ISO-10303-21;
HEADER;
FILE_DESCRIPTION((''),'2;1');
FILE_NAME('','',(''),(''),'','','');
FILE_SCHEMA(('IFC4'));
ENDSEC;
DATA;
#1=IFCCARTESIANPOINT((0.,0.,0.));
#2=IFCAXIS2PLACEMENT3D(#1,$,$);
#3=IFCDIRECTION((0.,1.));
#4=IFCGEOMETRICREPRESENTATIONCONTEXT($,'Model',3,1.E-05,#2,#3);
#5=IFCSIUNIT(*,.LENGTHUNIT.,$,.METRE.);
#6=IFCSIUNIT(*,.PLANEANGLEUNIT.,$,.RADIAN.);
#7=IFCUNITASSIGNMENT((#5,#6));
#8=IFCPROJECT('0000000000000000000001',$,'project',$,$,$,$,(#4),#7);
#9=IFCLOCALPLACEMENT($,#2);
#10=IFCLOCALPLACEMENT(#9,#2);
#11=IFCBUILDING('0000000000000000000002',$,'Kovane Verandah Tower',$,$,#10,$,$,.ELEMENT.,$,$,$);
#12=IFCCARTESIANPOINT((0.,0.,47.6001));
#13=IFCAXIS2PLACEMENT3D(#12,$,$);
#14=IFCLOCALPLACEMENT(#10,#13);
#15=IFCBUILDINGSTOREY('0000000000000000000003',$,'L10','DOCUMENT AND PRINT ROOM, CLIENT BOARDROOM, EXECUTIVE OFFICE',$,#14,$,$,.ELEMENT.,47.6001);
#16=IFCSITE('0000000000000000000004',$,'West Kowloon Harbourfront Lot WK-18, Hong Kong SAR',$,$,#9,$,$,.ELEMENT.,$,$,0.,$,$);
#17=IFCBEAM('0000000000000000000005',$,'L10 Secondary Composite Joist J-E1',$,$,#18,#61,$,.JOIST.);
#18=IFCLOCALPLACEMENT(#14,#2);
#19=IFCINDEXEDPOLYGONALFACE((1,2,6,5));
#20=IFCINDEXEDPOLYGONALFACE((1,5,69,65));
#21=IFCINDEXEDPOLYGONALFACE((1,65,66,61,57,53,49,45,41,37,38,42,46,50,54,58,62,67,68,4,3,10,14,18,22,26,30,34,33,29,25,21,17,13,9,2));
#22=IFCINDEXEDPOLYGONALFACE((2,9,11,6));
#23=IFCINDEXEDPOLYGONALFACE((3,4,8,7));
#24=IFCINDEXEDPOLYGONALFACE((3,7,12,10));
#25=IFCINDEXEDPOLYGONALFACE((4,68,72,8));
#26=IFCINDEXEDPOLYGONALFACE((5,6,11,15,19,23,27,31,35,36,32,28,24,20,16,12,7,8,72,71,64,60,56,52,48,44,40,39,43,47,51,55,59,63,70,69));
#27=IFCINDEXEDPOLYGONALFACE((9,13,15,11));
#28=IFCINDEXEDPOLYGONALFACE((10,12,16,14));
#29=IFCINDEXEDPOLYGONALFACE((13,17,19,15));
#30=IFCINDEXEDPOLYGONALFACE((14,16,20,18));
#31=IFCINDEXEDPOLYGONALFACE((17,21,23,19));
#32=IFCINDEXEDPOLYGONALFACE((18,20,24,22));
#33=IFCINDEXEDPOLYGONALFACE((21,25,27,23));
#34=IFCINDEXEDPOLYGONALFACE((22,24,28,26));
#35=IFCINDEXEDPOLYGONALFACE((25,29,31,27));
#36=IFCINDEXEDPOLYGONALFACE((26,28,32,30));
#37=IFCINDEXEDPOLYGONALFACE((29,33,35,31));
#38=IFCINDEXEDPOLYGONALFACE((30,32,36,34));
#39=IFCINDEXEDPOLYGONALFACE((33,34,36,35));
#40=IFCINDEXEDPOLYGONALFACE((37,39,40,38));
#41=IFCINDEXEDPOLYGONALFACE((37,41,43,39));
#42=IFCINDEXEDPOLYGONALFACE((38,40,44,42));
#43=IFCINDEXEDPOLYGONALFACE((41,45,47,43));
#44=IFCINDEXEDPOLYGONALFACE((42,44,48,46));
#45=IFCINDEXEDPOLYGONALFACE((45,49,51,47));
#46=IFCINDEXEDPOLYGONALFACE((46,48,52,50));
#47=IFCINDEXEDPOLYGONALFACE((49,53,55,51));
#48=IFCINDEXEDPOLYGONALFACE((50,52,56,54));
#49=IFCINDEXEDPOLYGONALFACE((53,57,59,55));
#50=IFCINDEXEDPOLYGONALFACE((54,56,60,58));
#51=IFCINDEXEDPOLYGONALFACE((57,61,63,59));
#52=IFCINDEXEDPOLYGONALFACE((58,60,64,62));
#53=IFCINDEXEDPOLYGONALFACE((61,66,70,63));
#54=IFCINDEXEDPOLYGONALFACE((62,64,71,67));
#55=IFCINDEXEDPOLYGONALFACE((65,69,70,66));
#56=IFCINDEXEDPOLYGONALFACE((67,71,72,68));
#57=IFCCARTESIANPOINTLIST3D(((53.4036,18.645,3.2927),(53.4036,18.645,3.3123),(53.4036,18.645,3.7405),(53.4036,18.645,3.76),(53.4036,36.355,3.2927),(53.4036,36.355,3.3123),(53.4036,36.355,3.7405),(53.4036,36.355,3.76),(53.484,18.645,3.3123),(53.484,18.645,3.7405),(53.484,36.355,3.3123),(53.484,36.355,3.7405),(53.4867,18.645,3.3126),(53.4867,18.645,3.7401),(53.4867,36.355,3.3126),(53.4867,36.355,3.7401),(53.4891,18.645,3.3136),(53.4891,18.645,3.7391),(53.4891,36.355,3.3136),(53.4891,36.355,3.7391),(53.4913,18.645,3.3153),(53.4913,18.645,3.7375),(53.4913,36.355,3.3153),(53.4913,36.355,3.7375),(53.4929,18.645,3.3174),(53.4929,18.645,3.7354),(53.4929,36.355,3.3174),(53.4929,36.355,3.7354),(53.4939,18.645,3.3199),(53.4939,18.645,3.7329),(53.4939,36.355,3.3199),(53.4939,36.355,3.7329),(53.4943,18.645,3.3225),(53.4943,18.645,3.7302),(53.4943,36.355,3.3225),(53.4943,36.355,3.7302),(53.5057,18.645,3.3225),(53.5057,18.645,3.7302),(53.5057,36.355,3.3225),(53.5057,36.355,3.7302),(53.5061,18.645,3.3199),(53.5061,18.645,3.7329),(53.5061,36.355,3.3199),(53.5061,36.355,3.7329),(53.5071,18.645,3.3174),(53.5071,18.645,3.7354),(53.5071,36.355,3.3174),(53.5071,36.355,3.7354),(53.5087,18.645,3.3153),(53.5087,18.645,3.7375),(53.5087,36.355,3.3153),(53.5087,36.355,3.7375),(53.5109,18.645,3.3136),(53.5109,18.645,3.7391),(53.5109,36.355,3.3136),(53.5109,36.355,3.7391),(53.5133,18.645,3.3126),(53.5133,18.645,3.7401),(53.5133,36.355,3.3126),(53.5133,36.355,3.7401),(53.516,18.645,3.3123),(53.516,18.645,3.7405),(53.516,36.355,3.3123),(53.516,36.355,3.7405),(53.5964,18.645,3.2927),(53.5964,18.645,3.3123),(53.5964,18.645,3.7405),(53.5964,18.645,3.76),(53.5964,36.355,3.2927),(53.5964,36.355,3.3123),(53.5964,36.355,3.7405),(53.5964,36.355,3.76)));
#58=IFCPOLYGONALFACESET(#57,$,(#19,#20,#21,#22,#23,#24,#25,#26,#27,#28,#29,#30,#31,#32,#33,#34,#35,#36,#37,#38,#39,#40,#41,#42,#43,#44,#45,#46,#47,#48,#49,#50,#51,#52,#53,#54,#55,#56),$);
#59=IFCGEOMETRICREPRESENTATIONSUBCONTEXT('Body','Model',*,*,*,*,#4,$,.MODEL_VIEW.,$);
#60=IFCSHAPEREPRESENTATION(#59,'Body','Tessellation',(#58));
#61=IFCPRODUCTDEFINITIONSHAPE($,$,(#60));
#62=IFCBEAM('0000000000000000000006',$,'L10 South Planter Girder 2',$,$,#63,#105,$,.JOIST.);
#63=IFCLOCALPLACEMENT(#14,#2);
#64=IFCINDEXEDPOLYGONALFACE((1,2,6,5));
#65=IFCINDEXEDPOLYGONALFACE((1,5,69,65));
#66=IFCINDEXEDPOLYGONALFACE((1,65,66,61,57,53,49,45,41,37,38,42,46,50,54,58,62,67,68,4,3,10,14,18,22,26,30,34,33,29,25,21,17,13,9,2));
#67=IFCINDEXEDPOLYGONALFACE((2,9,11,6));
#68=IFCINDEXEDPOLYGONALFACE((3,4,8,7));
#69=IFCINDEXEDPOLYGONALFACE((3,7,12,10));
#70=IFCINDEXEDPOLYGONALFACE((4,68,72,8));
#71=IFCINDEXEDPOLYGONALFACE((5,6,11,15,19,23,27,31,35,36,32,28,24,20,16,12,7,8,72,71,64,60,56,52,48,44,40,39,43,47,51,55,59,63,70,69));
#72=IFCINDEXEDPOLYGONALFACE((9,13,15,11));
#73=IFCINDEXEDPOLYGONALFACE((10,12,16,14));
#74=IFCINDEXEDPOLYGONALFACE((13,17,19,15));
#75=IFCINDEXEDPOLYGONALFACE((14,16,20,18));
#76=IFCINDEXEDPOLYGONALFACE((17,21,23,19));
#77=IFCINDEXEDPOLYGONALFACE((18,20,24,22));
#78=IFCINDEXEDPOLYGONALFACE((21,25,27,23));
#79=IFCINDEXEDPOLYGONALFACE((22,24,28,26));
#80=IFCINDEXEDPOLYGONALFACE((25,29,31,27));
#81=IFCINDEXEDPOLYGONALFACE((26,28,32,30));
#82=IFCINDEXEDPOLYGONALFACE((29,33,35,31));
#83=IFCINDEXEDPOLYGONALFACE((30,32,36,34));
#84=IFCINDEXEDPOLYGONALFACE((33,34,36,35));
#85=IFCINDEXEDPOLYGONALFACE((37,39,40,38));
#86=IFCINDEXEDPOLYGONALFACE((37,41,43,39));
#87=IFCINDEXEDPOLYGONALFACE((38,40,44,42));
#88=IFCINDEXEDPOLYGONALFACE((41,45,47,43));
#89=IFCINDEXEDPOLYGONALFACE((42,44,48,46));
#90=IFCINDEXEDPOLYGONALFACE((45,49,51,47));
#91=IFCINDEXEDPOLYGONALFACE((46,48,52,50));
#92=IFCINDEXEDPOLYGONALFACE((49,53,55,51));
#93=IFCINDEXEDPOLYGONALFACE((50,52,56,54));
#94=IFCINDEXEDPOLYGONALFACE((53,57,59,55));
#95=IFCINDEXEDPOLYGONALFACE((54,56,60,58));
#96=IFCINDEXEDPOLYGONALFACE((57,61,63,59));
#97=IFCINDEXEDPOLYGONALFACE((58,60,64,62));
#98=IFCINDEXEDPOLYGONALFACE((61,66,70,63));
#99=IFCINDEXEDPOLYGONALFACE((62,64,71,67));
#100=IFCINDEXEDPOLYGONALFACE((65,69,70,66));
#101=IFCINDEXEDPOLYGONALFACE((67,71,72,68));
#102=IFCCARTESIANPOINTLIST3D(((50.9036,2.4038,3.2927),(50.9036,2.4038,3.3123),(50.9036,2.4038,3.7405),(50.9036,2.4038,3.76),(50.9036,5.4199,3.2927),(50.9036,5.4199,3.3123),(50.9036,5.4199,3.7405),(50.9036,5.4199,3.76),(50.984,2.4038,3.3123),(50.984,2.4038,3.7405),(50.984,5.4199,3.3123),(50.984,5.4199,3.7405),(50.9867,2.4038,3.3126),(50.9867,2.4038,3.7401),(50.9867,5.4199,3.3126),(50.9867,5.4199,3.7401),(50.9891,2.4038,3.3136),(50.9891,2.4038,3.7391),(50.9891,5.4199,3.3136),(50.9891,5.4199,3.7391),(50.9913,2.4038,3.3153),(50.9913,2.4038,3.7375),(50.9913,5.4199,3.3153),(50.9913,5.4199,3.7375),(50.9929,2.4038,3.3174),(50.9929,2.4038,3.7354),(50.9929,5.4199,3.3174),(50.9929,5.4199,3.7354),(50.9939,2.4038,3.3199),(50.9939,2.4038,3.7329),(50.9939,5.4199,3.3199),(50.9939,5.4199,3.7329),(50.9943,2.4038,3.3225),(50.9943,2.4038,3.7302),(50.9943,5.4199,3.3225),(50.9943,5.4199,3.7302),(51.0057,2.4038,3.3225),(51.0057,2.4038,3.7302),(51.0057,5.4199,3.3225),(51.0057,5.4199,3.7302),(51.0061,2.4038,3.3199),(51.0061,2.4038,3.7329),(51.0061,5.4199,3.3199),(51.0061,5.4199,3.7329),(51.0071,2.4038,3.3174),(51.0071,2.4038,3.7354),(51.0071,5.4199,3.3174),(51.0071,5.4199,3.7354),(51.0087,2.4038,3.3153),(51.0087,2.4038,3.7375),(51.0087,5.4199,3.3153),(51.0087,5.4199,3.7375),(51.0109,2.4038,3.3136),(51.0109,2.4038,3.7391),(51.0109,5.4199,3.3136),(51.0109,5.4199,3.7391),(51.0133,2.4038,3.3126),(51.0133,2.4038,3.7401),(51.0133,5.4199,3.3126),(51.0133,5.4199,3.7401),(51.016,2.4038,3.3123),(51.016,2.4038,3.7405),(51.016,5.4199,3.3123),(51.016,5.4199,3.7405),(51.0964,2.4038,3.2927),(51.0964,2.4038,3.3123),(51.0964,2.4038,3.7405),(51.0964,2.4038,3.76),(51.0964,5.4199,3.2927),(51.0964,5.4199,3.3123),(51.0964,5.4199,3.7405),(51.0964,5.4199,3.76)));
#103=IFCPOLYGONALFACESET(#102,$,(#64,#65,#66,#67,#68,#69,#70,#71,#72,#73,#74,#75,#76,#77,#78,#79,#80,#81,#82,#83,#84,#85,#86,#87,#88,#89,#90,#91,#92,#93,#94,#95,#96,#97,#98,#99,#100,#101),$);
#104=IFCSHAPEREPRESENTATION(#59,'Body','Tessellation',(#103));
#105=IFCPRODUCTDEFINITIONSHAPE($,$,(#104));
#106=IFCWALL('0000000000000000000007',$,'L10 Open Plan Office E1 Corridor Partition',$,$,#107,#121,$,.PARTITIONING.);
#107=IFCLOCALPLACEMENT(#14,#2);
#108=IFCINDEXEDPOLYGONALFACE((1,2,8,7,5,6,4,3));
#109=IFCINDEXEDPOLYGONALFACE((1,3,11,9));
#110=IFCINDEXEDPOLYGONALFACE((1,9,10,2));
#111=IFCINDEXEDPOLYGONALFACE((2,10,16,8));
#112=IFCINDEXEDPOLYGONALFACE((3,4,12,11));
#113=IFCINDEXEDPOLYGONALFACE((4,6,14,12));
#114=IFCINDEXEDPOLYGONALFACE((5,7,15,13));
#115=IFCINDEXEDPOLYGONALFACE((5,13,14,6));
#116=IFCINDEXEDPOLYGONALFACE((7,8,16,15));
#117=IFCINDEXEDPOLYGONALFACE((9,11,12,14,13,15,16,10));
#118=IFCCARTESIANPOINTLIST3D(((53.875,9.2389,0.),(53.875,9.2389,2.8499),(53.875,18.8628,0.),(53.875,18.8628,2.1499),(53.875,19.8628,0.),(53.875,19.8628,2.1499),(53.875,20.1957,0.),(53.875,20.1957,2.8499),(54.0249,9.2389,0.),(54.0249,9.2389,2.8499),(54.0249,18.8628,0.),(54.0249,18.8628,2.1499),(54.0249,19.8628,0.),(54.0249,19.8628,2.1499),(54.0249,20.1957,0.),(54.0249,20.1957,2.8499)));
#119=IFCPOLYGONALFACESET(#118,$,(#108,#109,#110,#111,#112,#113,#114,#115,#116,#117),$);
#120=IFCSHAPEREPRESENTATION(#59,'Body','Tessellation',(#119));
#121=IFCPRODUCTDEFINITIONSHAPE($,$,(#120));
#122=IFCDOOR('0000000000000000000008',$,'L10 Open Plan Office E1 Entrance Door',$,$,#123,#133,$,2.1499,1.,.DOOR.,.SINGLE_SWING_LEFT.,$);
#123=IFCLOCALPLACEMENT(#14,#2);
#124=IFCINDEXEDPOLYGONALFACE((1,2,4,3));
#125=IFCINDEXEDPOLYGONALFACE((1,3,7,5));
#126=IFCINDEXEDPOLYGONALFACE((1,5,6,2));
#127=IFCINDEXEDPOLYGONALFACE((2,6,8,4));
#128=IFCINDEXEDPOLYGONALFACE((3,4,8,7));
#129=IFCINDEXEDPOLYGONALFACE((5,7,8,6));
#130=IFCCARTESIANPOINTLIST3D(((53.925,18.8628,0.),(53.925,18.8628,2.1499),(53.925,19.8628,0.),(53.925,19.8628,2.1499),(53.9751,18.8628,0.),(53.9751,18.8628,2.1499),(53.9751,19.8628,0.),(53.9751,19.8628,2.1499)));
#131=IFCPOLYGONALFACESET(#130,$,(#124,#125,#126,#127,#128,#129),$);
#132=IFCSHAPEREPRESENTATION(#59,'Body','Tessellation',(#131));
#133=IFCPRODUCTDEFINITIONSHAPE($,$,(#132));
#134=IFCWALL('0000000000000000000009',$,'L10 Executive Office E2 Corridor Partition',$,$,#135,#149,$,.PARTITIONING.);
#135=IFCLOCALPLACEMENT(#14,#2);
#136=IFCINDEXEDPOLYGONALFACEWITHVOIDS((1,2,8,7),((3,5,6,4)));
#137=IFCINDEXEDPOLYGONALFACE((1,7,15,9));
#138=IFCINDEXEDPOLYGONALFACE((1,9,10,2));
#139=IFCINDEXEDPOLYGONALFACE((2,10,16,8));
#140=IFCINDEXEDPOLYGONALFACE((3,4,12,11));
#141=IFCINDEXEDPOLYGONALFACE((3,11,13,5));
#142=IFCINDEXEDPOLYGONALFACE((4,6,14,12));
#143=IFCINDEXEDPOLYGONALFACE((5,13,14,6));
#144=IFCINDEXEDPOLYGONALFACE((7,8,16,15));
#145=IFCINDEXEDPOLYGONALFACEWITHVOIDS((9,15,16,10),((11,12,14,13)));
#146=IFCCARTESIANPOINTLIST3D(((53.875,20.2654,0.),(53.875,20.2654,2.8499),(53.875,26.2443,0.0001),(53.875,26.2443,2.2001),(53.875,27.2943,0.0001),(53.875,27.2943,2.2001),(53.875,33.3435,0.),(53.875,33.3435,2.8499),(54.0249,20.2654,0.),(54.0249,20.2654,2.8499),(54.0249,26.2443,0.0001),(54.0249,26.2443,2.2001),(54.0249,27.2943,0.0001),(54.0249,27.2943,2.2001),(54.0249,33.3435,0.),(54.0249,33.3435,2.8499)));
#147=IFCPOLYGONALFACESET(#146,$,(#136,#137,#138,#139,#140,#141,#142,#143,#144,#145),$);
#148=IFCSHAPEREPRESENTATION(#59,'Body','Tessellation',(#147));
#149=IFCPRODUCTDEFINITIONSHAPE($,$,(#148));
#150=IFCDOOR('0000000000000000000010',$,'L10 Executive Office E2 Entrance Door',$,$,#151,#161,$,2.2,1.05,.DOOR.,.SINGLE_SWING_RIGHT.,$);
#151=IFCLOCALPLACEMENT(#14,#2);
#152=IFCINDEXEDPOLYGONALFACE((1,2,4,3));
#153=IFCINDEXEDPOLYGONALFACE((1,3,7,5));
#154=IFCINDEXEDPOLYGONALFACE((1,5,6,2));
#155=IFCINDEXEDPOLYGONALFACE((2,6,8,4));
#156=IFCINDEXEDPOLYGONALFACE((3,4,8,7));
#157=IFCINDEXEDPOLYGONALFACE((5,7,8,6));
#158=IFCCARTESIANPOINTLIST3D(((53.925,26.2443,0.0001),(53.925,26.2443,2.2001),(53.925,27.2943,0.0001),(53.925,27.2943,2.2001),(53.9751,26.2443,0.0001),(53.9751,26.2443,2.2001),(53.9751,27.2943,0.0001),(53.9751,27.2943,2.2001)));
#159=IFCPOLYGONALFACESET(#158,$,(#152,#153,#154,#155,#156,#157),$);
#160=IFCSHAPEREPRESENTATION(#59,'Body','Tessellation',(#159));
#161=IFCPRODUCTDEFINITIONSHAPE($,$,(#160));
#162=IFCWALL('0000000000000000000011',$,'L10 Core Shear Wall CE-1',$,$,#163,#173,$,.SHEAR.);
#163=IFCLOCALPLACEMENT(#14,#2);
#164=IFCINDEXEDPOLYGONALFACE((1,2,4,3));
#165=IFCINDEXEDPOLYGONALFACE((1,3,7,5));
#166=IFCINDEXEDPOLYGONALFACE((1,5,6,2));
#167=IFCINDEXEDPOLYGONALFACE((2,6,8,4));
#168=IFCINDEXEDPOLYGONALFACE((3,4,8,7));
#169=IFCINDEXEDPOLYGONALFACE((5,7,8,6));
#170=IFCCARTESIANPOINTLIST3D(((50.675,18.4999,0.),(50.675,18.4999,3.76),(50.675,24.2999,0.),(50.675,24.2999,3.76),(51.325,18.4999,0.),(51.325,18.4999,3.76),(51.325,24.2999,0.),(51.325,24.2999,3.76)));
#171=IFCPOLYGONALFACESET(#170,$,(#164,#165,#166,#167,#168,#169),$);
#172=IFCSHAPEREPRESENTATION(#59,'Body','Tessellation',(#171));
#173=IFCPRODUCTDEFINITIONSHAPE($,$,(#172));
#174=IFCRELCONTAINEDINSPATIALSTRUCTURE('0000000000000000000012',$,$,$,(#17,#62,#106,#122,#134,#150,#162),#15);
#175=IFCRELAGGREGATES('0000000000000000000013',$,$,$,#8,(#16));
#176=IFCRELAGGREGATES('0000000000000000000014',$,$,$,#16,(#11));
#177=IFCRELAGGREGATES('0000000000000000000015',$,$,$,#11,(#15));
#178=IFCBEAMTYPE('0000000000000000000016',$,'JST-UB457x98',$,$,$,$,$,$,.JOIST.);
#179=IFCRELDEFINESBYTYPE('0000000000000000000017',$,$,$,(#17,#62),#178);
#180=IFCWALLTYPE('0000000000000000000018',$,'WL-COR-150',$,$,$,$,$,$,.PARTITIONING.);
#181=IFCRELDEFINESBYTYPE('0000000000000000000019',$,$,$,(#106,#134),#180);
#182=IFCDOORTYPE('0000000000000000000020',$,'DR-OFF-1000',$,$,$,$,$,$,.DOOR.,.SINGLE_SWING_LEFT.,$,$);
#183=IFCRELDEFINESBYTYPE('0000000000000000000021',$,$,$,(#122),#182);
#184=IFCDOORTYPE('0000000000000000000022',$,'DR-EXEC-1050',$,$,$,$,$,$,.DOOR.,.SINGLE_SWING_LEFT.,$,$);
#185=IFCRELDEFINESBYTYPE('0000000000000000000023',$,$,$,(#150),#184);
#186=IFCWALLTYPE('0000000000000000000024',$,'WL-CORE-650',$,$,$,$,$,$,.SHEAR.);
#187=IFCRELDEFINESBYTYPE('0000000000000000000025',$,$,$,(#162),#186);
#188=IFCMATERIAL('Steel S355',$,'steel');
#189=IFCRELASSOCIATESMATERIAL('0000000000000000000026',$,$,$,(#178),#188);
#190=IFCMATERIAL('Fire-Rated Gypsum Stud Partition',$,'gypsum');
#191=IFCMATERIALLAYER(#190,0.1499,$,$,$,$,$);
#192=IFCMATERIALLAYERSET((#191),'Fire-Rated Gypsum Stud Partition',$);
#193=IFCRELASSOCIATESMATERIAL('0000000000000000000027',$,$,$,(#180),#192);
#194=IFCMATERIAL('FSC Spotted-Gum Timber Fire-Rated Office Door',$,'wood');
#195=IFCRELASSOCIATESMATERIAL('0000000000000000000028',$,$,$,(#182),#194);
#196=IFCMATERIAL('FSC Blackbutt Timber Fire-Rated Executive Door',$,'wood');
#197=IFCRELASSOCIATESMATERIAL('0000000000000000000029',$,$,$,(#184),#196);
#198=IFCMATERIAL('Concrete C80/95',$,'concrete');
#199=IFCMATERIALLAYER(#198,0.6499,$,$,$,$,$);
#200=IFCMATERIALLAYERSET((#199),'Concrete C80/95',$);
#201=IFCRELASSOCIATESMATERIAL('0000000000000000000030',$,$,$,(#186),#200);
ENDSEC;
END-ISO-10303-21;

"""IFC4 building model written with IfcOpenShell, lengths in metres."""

from ifc_helpers import new_model, si_unit, direction, frame, frame_2d, origin, origin_2d, place, context, subcontext, project, spatial, rectangle, i_section, extrude, material, layer, layer_set, material_profile, profile_set, type_object, element, fill, save


model = new_model("IFC4")

# Units and contexts
model_context = context("Model", 3, precision=1e-05, world=origin(), true_north=direction((0.0, 1.0)))
body_context = subcontext(model_context, "Body", "Model", "MODEL_VIEW")
ifc_project = project(units=[si_unit("LENGTHUNIT", "METRE"), si_unit("PLANEANGLEUNIT", "RADIAN")], contexts=[model_context])

# Site, building, storey
site_placement = place(None, origin())
site = spatial("IfcSite", under=ifc_project, at=site_placement, Name="West Kowloon Harbourfront Lot WK-18, Hong Kong SAR", CompositionType="ELEMENT", RefElevation=0.0)
building_placement = place(site_placement, origin())
building = spatial("IfcBuilding", under=site, at=building_placement, Name="Kovane Verandah Tower", CompositionType="ELEMENT")
storey_placement = place(building_placement, frame((0.0, 0.0, 47.6001)))
storey = spatial("IfcBuildingStorey", under=building, at=storey_placement, Name="L10", Description="DOCUMENT AND PRINT ROOM, CLIENT BOARDROOM, EXECUTIVE OFFICE", CompositionType="ELEMENT", Elevation=47.6001)

# Shared definitions
ifc_material_1 = material(Name="Concrete C80/95", Category="concrete")

# Shared definitions
ifc_material_2 = material(Name="Steel S355", Category="steel")

# Beams
ifc_material_profile_1 = material_profile(ifc_material_2, i_section(OverallWidth=0.1929, OverallDepth=0.4673, WebThickness=0.0115, FlangeThickness=0.0195, FilletRadius=0.0103, at=origin_2d()), Name="UB457x191x98")
ifc_profile_set_1 = profile_set([ifc_material_profile_1], Name="Steel S355")
beam_type_1 = type_object("IfcBeamType", Name="JST-UB457x98", PredefinedType="JOIST", material=ifc_profile_set_1)
beam_1_placement = place(storey_placement, frame((53.5, 18.645, 3.5264), z_axis=(0.0, 1.0, 0.0), x_axis=(-1.0, 0.0, 0.0)))
element("IfcBeam", 1, at=beam_1_placement, inside=storey, type_object=beam_type_1, Name="L10 Secondary Composite Joist J-E1", PredefinedType="JOIST", context=body_context, shape_type="SweptSolid", body=[
    extrude(i_section(OverallWidth=0.1929, OverallDepth=0.4673, WebThickness=0.0115, FlangeThickness=0.0195, FilletRadius=0.0103, at=origin_2d()), origin(), (0.0, 0.0, 1.0), 17.71),
])
beam_2_placement = place(storey_placement, frame((51.0, 5.4199, 3.5264), z_axis=(0.0, -1.0, 0.0), x_axis=(1.0, 0.0, 0.0)))
element("IfcBeam", 2, at=beam_2_placement, inside=storey, type_object=beam_type_1, Name="L10 South Planter Girder 2", PredefinedType="JOIST", context=body_context, shape_type="SweptSolid", body=[
    extrude(i_section(OverallWidth=0.1929, OverallDepth=0.4673, WebThickness=0.0115, FlangeThickness=0.0195, FilletRadius=0.0103, at=origin_2d()), origin(), (0.0, 0.0, 1.0), 3.0161),
])

# Walls, openings, doors
ifc_material_3 = material(Name="Fire-Rated Gypsum Stud Partition", Category="gypsum")
ifc_layer_1 = layer(ifc_material_3, 0.1499)
ifc_layer_set_1 = layer_set([ifc_layer_1], Name="Fire-Rated Gypsum Stud Partition")
wall_type_1 = type_object("IfcWallType", Name="WL-COR-150", PredefinedType="PARTITIONING", material=ifc_layer_set_1)
wall_1_placement = place(storey_placement, frame((53.95, 9.2388, 0.0), z_axis=(0.0, 0.0, 1.0), x_axis=(0.0, 1.0, 0.0)))
wall_1 = element("IfcWall", 3, at=wall_1_placement, inside=storey, type_object=wall_type_1, Name="L10 Open Plan Office E1 Corridor Partition", PredefinedType="PARTITIONING", context=body_context, shape_type="SweptSolid", body=[
    extrude(rectangle(XDim=10.9568, YDim=0.1499, at=frame_2d((5.4785, 0.0))), origin(), (0.0, 0.0, 1.0), 2.8499),
])
opening_1_placement = place(wall_1_placement, frame((9.624, 0.0, 0.0)))
opening_1 = element("IfcOpeningElement", 4, at=opening_1_placement, cuts=wall_1, PredefinedType="OPENING", context=body_context, shape_type="SweptSolid", body=[
    extrude(rectangle(XDim=1.0, YDim=2.1499, at=frame_2d((0.5, 1.075))), frame((0.0, 0.075, 0.0), z_axis=(0.0, -1.0, 0.0), x_axis=(1.0, 0.0, 0.0)), (0.0, 0.0, 1.0), 0.1499),
])
ifc_material_4 = material(Name="FSC Spotted-Gum Timber Fire-Rated Office Door", Category="wood")
door_type_1 = type_object("IfcDoorType", Name="DR-OFF-1000", OperationType="SINGLE_SWING_LEFT", PredefinedType="DOOR", material=ifc_material_4)
door_1_placement = place(opening_1_placement, origin())
door_1 = element("IfcDoor", 5, at=door_1_placement, inside=storey, type_object=door_type_1, Name="L10 Open Plan Office E1 Entrance Door", OperationType="SINGLE_SWING_LEFT", OverallHeight=2.1499, OverallWidth=1.0, PredefinedType="DOOR", context=body_context, shape_type="SweptSolid", body=[
    extrude(rectangle(XDim=1.0, YDim=2.1499, at=frame_2d((0.5, 1.075))), frame((0.0, 0.0249, 0.0), z_axis=(0.0, -1.0, 0.0), x_axis=(1.0, 0.0, 0.0)), (0.0, 0.0, 1.0), 0.05),
])
fill(opening_1, door_1)
wall_2_placement = place(storey_placement, frame((53.95, 20.2654, 0.0), z_axis=(0.0, 0.0, 1.0), x_axis=(0.0, 1.0, 0.0)))
wall_2 = element("IfcWall", 6, at=wall_2_placement, inside=storey, type_object=wall_type_1, Name="L10 Executive Office E2 Corridor Partition", PredefinedType="PARTITIONING", context=body_context, shape_type="SweptSolid", body=[
    extrude(rectangle(XDim=13.0781, YDim=0.1499, at=frame_2d((6.5391, 0.0))), origin(), (0.0, 0.0, 1.0), 2.8499),
])
opening_2_placement = place(wall_2_placement, frame((5.979, 0.0, 0.0)))
opening_2 = element("IfcOpeningElement", 7, at=opening_2_placement, cuts=wall_2, PredefinedType="OPENING", context=body_context, shape_type="SweptSolid", body=[
    extrude(rectangle(XDim=1.05, YDim=2.2, at=frame_2d((0.5249, 1.1001))), frame((0.0, 0.075, 0.0), z_axis=(0.0, -1.0, 0.0), x_axis=(1.0, 0.0, 0.0)), (0.0, 0.0, 1.0), 0.1499),
])
ifc_material_5 = material(Name="FSC Blackbutt Timber Fire-Rated Executive Door", Category="wood")
door_type_2 = type_object("IfcDoorType", Name="DR-EXEC-1050", OperationType="SINGLE_SWING_LEFT", PredefinedType="DOOR", material=ifc_material_5)
door_2_placement = place(opening_2_placement, origin())
door_2 = element("IfcDoor", 8, at=door_2_placement, inside=storey, type_object=door_type_2, Name="L10 Executive Office E2 Entrance Door", OperationType="SINGLE_SWING_RIGHT", OverallHeight=2.2, OverallWidth=1.05, PredefinedType="DOOR", context=body_context, shape_type="SweptSolid", body=[
    extrude(rectangle(XDim=1.05, YDim=2.2, at=frame_2d((0.5249, 1.1001))), frame((0.0, 0.0249, 0.0), z_axis=(0.0, -1.0, 0.0), x_axis=(1.0, 0.0, 0.0)), (0.0, 0.0, 1.0), 0.05),
])
fill(opening_2, door_2)

# Wall
ifc_layer_2 = layer(ifc_material_1, 0.6499)
ifc_layer_set_2 = layer_set([ifc_layer_2], Name="Concrete C80/95")
wall_type_2 = type_object("IfcWallType", Name="WL-CORE-650", PredefinedType="SHEAR", material=ifc_layer_set_2)
wall_3_placement = place(storey_placement, frame((51.0, 18.5, 0.0), z_axis=(0.0, 0.0, 1.0), x_axis=(0.0, 1.0, 0.0)))
element("IfcWall", 9, at=wall_3_placement, inside=storey, type_object=wall_type_2, Name="L10 Core Shear Wall CE-1", PredefinedType="SHEAR", context=body_context, shape_type="SweptSolid", body=[
    extrude(rectangle(XDim=5.8, YDim=0.6499, at=frame_2d((2.8999, 0.0))), origin(), (0.0, 0.0, 1.0), 3.76),
])

save(model, "model.ifc")
